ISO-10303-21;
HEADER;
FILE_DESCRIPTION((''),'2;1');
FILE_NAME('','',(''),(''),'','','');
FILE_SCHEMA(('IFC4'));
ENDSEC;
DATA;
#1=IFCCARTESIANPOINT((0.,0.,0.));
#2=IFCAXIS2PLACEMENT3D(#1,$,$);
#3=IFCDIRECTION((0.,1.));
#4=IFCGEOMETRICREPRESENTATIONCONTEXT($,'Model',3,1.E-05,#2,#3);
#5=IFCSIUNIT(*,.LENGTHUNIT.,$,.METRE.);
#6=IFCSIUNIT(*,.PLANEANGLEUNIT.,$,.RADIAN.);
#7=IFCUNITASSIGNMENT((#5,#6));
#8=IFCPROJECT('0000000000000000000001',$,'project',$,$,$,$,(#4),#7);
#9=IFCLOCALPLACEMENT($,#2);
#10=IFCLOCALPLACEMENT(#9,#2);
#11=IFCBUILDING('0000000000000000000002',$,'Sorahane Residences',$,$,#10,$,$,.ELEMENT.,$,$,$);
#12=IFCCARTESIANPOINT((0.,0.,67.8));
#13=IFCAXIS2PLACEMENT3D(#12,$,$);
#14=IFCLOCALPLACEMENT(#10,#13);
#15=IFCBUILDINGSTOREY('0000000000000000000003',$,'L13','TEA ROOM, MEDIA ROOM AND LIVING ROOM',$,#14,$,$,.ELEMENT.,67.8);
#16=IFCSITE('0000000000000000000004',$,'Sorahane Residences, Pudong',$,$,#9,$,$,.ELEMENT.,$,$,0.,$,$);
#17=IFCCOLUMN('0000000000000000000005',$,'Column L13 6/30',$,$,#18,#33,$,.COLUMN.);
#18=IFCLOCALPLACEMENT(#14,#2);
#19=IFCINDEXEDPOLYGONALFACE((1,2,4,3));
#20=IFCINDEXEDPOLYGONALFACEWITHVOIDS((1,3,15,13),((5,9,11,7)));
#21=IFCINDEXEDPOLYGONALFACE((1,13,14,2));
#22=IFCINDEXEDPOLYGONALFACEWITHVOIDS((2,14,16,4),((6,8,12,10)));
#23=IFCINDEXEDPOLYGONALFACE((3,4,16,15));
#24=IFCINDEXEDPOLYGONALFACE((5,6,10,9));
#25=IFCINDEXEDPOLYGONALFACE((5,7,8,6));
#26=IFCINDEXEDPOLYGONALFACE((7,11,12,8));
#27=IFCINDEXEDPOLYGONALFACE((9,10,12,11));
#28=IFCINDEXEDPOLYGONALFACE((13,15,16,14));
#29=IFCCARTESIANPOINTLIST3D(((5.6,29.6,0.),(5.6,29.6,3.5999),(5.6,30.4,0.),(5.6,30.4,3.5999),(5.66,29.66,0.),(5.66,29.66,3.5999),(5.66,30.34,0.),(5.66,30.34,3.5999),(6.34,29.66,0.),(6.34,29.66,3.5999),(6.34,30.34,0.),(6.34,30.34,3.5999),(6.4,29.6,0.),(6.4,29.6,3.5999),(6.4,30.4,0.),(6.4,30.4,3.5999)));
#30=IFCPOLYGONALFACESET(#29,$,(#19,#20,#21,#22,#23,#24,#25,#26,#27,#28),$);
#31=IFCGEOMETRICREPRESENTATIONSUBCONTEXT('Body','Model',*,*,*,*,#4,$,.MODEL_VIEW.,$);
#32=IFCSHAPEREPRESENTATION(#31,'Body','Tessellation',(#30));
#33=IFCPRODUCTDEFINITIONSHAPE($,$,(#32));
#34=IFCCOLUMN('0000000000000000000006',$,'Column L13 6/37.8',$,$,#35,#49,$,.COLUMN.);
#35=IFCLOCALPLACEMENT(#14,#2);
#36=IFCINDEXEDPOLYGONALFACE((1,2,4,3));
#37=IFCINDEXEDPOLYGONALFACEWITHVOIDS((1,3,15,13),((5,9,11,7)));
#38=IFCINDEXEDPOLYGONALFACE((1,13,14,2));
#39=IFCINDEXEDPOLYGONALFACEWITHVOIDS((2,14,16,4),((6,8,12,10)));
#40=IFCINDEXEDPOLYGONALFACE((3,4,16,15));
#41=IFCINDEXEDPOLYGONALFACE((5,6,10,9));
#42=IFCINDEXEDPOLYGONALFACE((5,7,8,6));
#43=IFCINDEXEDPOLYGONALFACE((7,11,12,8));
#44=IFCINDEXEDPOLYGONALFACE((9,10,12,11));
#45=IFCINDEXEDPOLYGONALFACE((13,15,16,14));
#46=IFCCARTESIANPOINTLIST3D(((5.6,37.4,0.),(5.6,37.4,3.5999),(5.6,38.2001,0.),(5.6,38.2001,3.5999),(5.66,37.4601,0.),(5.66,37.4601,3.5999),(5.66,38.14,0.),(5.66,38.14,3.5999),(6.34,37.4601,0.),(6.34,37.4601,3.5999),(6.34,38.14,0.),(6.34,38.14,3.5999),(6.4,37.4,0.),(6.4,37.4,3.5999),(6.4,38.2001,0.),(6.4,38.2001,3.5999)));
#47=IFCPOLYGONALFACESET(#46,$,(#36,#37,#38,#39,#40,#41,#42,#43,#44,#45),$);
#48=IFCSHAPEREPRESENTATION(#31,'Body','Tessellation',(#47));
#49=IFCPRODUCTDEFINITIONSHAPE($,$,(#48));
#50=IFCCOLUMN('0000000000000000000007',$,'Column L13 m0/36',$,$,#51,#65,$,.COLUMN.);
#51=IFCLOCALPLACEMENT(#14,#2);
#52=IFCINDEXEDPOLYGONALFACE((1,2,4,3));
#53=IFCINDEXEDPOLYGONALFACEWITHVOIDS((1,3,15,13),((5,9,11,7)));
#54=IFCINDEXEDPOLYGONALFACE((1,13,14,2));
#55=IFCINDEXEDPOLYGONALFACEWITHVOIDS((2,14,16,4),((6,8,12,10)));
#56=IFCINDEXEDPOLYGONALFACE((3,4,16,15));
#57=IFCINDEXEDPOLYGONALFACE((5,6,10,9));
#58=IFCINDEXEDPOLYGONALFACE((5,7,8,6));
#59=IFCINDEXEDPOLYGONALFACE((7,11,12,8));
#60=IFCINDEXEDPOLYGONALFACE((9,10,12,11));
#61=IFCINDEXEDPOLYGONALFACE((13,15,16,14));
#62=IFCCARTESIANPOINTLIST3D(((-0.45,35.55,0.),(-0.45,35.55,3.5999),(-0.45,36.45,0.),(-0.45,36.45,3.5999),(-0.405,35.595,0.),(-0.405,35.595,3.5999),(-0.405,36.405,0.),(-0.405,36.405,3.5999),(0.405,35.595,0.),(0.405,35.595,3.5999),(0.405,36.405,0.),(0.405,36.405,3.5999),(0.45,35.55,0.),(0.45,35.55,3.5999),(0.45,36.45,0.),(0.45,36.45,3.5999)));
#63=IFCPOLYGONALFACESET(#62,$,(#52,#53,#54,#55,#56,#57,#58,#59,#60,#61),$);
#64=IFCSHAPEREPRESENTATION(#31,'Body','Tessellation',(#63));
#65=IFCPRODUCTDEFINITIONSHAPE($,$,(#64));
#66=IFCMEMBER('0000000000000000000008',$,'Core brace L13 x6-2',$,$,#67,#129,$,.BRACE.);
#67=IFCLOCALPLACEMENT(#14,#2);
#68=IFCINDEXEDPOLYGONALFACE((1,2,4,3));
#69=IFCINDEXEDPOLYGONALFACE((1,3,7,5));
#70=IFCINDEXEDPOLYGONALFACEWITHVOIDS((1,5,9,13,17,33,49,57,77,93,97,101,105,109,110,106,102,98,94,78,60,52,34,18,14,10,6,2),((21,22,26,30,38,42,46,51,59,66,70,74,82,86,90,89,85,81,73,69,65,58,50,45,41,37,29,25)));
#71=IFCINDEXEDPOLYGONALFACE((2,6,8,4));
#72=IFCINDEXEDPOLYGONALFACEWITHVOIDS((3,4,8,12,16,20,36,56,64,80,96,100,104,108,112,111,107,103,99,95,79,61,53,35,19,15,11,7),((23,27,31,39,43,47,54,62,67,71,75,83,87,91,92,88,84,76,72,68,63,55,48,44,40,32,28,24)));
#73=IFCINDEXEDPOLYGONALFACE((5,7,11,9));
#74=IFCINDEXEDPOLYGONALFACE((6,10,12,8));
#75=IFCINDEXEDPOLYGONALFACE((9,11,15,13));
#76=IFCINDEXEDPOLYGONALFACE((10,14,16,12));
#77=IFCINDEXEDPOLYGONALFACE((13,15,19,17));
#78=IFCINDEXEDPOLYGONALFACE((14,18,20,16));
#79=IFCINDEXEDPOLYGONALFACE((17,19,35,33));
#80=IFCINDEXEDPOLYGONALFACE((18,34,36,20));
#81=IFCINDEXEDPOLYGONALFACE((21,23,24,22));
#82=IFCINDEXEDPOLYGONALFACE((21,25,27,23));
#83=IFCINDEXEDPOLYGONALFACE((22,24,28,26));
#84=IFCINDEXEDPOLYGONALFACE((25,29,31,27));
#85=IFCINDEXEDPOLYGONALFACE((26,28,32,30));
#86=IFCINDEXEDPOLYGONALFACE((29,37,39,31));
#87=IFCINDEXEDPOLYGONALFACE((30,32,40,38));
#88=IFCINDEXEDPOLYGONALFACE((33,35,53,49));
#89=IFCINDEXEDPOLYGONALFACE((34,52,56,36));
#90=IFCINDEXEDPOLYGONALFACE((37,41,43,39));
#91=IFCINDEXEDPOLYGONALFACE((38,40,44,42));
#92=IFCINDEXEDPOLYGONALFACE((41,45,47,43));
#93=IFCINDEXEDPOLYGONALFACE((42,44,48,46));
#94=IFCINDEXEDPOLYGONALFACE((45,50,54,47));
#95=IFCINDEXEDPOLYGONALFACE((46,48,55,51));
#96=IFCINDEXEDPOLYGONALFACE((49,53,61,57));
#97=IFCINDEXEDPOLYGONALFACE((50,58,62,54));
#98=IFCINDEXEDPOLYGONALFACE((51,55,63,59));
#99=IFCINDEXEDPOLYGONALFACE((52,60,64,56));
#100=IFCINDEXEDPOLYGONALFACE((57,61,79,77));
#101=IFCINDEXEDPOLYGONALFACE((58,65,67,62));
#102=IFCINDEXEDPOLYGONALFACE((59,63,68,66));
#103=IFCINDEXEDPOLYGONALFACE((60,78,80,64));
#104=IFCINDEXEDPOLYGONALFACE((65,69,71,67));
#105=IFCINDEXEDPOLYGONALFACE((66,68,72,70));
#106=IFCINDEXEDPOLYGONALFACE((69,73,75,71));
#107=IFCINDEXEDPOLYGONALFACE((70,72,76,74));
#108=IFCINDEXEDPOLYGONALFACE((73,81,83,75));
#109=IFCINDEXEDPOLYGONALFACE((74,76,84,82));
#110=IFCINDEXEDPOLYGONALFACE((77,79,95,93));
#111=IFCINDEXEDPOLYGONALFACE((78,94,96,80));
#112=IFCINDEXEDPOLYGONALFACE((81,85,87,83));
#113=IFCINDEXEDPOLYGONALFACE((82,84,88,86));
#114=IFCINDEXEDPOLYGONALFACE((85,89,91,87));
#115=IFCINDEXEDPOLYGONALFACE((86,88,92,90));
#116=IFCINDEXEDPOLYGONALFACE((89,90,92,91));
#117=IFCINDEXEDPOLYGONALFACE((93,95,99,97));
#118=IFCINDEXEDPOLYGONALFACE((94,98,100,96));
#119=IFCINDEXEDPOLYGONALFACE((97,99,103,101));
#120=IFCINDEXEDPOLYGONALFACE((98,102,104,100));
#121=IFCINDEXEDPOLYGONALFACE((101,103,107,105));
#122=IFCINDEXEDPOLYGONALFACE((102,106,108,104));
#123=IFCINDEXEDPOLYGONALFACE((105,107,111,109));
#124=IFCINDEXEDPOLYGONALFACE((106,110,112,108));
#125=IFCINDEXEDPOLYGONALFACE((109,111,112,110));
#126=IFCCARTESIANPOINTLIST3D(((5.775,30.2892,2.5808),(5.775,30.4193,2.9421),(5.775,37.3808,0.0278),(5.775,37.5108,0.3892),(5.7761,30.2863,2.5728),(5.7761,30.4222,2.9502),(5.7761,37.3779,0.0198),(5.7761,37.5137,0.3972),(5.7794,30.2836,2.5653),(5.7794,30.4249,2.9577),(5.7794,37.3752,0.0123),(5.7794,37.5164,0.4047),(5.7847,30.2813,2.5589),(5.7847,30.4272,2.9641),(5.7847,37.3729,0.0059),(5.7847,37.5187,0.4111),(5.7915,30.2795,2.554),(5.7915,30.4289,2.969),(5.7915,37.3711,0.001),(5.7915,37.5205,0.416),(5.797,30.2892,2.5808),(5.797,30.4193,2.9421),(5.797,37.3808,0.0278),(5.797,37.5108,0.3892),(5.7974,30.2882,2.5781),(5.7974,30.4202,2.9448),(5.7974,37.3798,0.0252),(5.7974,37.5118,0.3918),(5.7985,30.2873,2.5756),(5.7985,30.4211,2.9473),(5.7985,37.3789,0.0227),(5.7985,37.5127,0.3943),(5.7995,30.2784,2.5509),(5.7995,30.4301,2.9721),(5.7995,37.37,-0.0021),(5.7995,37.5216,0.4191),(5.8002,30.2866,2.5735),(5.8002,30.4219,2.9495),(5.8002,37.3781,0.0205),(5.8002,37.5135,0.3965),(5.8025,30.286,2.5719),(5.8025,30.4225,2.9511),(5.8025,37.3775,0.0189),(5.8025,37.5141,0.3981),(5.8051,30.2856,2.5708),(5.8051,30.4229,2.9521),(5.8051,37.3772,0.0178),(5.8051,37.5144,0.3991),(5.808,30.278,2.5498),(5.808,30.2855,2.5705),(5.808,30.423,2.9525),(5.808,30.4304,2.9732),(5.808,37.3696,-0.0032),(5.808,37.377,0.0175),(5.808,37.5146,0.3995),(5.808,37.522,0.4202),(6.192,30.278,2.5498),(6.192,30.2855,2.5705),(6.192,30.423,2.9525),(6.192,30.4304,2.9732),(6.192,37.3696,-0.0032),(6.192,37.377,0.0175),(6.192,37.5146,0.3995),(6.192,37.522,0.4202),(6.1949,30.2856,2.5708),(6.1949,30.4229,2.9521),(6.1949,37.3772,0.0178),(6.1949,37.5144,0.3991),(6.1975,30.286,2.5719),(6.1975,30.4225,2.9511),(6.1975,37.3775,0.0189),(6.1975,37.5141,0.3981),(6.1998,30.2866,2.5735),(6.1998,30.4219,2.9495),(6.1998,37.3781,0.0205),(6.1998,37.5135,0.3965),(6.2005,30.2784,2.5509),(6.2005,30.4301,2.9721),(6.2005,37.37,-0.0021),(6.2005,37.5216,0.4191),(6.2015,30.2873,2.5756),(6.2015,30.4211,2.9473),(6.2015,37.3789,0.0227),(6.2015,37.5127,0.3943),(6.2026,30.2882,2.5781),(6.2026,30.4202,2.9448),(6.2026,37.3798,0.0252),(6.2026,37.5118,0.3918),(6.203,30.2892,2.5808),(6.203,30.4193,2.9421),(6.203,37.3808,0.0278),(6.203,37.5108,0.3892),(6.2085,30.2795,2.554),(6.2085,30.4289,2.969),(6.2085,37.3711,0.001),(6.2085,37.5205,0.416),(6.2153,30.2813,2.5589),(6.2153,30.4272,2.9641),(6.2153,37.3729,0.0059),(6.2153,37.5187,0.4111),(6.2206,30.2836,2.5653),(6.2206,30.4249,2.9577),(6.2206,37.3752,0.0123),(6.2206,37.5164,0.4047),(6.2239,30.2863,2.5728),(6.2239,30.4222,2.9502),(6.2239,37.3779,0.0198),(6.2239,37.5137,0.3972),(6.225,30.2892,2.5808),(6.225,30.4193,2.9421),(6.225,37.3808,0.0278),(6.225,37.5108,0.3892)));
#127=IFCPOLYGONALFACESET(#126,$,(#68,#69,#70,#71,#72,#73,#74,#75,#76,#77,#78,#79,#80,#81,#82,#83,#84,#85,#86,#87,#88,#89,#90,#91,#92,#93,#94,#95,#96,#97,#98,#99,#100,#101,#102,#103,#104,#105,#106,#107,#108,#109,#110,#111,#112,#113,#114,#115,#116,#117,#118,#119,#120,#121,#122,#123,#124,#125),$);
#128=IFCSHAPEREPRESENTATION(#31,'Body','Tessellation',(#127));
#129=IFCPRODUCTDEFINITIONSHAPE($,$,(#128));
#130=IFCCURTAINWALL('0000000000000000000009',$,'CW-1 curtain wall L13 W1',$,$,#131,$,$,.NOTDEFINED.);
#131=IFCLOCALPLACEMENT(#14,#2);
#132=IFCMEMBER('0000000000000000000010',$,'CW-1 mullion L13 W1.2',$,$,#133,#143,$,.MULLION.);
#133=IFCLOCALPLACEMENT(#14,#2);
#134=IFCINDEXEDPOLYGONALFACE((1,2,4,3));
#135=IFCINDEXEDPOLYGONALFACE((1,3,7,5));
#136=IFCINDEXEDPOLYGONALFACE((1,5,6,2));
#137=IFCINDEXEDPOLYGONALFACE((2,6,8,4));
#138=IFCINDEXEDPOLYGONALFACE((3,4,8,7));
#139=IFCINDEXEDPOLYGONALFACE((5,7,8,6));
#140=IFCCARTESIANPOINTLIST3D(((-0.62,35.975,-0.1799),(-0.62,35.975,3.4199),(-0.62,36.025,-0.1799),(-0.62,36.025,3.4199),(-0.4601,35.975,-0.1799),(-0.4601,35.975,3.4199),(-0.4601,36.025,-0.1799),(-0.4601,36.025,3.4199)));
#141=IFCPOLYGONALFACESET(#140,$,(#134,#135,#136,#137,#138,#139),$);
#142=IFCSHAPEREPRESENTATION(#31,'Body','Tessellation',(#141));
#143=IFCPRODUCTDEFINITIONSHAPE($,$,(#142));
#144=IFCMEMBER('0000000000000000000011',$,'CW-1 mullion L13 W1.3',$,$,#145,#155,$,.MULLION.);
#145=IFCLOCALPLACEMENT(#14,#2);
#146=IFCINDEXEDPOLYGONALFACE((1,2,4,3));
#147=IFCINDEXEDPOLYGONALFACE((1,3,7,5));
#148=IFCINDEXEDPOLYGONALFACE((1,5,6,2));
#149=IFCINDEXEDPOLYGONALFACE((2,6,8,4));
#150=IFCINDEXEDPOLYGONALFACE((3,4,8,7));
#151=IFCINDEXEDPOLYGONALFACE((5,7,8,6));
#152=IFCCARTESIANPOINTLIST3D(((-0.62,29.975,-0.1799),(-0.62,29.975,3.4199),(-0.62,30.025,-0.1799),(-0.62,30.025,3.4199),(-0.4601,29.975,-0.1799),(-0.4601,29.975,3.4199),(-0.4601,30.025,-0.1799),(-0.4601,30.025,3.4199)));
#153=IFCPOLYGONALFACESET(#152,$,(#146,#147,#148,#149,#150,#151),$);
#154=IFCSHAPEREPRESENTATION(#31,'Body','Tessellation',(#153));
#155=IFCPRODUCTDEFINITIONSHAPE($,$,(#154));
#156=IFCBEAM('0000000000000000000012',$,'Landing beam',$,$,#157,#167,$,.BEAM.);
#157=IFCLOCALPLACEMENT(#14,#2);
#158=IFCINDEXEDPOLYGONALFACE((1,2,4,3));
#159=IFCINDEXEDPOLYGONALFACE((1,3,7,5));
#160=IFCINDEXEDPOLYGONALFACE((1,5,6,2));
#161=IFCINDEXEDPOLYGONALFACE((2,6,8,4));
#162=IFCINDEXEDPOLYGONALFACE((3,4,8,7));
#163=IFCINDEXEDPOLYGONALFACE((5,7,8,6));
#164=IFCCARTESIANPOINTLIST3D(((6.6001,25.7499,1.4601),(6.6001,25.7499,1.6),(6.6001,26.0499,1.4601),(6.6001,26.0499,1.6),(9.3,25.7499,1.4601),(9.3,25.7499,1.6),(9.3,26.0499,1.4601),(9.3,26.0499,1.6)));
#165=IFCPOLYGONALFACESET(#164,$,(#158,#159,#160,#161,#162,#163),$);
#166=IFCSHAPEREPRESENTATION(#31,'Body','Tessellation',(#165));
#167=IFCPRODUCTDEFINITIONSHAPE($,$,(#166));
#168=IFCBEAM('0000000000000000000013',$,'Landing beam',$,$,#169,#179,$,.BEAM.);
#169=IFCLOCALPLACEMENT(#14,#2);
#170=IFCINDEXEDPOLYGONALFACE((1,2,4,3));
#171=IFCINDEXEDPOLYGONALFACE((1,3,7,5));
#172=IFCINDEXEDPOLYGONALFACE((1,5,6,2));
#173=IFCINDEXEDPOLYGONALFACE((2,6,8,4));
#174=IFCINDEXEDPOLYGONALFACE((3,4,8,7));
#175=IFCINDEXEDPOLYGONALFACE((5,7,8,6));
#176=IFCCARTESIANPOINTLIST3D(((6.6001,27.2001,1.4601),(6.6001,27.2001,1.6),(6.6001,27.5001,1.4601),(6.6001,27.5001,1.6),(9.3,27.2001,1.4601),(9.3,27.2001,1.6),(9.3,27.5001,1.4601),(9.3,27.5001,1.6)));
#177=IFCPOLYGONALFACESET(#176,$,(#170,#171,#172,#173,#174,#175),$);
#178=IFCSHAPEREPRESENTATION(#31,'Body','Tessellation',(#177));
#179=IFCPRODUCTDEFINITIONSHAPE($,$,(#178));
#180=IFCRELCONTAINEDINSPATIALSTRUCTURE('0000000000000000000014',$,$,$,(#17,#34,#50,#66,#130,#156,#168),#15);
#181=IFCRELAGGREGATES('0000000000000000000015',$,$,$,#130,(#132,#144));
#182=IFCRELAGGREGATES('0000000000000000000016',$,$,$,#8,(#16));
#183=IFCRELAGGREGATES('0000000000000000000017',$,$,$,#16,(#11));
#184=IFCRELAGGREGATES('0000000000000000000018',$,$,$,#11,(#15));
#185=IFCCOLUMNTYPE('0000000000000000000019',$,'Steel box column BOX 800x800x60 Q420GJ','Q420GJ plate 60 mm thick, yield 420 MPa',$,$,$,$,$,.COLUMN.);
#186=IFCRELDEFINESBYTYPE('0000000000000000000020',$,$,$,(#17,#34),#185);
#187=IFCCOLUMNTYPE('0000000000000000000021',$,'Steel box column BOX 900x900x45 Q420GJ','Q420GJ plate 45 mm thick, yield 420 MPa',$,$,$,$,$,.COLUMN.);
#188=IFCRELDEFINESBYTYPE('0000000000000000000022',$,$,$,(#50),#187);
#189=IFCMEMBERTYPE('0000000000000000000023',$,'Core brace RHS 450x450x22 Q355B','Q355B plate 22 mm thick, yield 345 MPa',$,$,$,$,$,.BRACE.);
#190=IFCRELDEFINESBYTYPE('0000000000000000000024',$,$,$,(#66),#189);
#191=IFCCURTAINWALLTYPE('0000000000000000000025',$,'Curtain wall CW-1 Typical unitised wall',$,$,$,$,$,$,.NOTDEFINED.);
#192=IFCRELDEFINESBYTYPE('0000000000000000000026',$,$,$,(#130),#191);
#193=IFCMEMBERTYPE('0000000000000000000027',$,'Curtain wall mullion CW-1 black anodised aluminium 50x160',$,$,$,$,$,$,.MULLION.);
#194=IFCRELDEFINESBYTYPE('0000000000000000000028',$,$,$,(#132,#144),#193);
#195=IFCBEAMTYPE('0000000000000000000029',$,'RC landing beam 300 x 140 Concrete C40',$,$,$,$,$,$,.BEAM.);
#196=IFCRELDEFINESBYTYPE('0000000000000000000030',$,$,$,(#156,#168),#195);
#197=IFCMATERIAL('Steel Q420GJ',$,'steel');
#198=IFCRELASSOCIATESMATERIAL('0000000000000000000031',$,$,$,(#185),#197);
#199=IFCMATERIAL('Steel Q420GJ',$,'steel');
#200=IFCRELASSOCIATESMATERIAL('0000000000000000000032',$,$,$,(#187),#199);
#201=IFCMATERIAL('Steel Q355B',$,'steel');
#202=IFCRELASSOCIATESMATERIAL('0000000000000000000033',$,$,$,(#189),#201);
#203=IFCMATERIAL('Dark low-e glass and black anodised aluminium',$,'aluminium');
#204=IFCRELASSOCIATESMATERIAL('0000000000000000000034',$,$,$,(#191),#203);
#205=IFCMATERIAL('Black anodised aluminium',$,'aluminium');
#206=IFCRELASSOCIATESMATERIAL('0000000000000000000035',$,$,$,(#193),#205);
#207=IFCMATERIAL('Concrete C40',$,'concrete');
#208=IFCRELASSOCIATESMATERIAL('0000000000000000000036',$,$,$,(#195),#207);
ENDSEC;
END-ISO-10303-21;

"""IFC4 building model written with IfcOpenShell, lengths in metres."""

from ifc_helpers import new_model, si_unit, direction, frame, origin, origin_2d, place, context, subcontext, project, spatial, rectangle, hollow_rectangle, extrude, material, material_profile, profile_set, type_object, element, aggregate, save


model = new_model("IFC4")

# Units and contexts
model_context = context("Model", 3, precision=1e-05, world=origin(), true_north=direction((0.0, 1.0)))
body_context = subcontext(model_context, "Body", "Model", "MODEL_VIEW")
ifc_project = project(units=[si_unit("LENGTHUNIT", "METRE"), si_unit("PLANEANGLEUNIT", "RADIAN")], contexts=[model_context])

# Site, building, storey
site_placement = place(None, origin())
site = spatial("IfcSite", under=ifc_project, at=site_placement, Name="Sorahane Residences, Pudong", CompositionType="ELEMENT", RefElevation=0.0)
building_placement = place(site_placement, origin())
building = spatial("IfcBuilding", under=site, at=building_placement, Name="Sorahane Residences", CompositionType="ELEMENT")
storey_placement = place(building_placement, frame((0.0, 0.0, 67.8)))
storey = spatial("IfcBuildingStorey", under=building, at=storey_placement, Name="L13", Description="TEA ROOM, MEDIA ROOM AND LIVING ROOM", CompositionType="ELEMENT", Elevation=67.8)

# Columns
ifc_material_1 = material(Name="Steel Q420GJ", Category="steel")
ifc_material_profile_1 = material_profile(ifc_material_1, hollow_rectangle(XDim=0.8, YDim=0.8, WallThickness=0.0601, at=origin_2d()), Name="BOX 800x800x60")
ifc_profile_set_1 = profile_set([ifc_material_profile_1], Name="Steel Q420GJ")
column_type_1 = type_object("IfcColumnType", Name="Steel box column BOX 800x800x60 Q420GJ", Description="Q420GJ plate 60 mm thick, yield 420 MPa", PredefinedType="COLUMN", material=ifc_profile_set_1)
for number, where, z_axis, x_axis, name in (
    (1, (6.0, 30.0, 0.0), (0.0, 0.0, 1.0), (1.0, 0.0, 0.0), "Column L13 6/30"),
    (2, (6.0, 37.8, 0.0), (0.0, 0.0, 1.0), (1.0, 0.0, 0.0), "Column L13 6/37.8"),
):
    element("IfcColumn", number, at=place(storey_placement, frame(where, z_axis=z_axis, x_axis=x_axis)), inside=storey, type_object=column_type_1, Name=name, PredefinedType="COLUMN", context=body_context, shape_type="SweptSolid", body=[
        extrude(hollow_rectangle(XDim=0.8, YDim=0.8, WallThickness=0.0601, at=origin_2d()), origin(), (0.0, 0.0, 1.0), 3.5999),
    ])
ifc_material_2 = material(Name="Steel Q420GJ", Category="steel")
ifc_material_profile_2 = material_profile(ifc_material_2, hollow_rectangle(XDim=0.8999, YDim=0.8999, WallThickness=0.0449, at=origin_2d()), Name="BOX 900x900x45")
ifc_profile_set_2 = profile_set([ifc_material_profile_2], Name="Steel Q420GJ")
column_type_2 = type_object("IfcColumnType", Name="Steel box column BOX 900x900x45 Q420GJ", Description="Q420GJ plate 45 mm thick, yield 420 MPa", PredefinedType="COLUMN", material=ifc_profile_set_2)
column_placement = place(storey_placement, frame((0.0, 36.0, 0.0), z_axis=(0.0, 0.0, 1.0), x_axis=(1.0, 0.0, 0.0)))
element("IfcColumn", 3, at=column_placement, inside=storey, type_object=column_type_2, Name="Column L13 m0/36", PredefinedType="COLUMN", context=body_context, shape_type="SweptSolid", body=[
    extrude(hollow_rectangle(XDim=0.8999, YDim=0.8999, WallThickness=0.0449, at=origin_2d()), origin(), (0.0, 0.0, 1.0), 3.5999),
])

# Member
ifc_material_3 = material(Name="Steel Q355B", Category="steel")
ifc_material_profile_3 = material_profile(ifc_material_3, hollow_rectangle(XDim=0.45, YDim=0.45, WallThickness=0.022, InnerFilletRadius=0.011, OuterFilletRadius=0.033, at=origin_2d()), Name="RHS 450x450x22")
ifc_profile_set_3 = profile_set([ifc_material_profile_3], Name="Steel Q355B")
member_type_1 = type_object("IfcMemberType", Name="Core brace RHS 450x450x22 Q355B", Description="Q355B plate 22 mm thick, yield 345 MPa", PredefinedType="BRACE", material=ifc_profile_set_3)
member_1_placement = place(storey_placement, frame((6.0, 37.4458, 0.2085), z_axis=(0.0, -0.940887, 0.338722), x_axis=(1.0, 0.0, 0.0)))
element("IfcMember", 4, at=member_1_placement, inside=storey, type_object=member_type_1, Name="Core brace L13 x6-2", PredefinedType="BRACE", context=body_context, shape_type="SweptSolid", body=[
    extrude(hollow_rectangle(XDim=0.45, YDim=0.45, WallThickness=0.022, InnerFilletRadius=0.011, OuterFilletRadius=0.033, at=origin_2d()), origin(), (0.0, 0.0, 1.0), 7.5371),
])

# Curtain wall, members
ifc_material_4 = material(Name="Dark low-e glass and black anodised aluminium", Category="aluminium")
curtain_wall_type = type_object("IfcCurtainWallType", Name="Curtain wall CW-1 Typical unitised wall", PredefinedType="NOTDEFINED", material=ifc_material_4)
curtain_wall_placement = place(storey_placement, origin())
curtain_wall = element("IfcCurtainWall", 5, at=curtain_wall_placement, inside=storey, type_object=curtain_wall_type, Name="CW-1 curtain wall L13 W1", PredefinedType="NOTDEFINED")
ifc_material_5 = material(Name="Black anodised aluminium", Category="aluminium")
ifc_material_profile_4 = material_profile(ifc_material_5, rectangle(XDim=0.1599, YDim=0.05, at=origin_2d()), Name="Curtain wall mullion CW-1 black anodised aluminium 50x160")
ifc_profile_set_4 = profile_set([ifc_material_profile_4], Name="Black anodised aluminium")
member_type_2 = type_object("IfcMemberType", Name="Curtain wall mullion CW-1 black anodised aluminium 50x160", PredefinedType="MULLION", material=ifc_profile_set_4)
member_2_placement = place(storey_placement, frame((-0.54, 36.0, -0.1799), z_axis=(0.0, 0.0, 1.0), x_axis=(-1.0, 0.0, 0.0)))
member_2 = element("IfcMember", 6, at=member_2_placement, type_object=member_type_2, Name="CW-1 mullion L13 W1.2", PredefinedType="MULLION", context=body_context, shape_type="SweptSolid", body=[
    extrude(rectangle(XDim=0.1599, YDim=0.05, at=origin_2d()), origin(), (0.0, 0.0, 1.0), 3.5999),
])
member_3_placement = place(storey_placement, frame((-0.54, 30.0, -0.1799), z_axis=(0.0, 0.0, 1.0), x_axis=(-1.0, 0.0, 0.0)))
member_3 = element("IfcMember", 7, at=member_3_placement, type_object=member_type_2, Name="CW-1 mullion L13 W1.3", PredefinedType="MULLION", context=body_context, shape_type="SweptSolid", body=[
    extrude(rectangle(XDim=0.1599, YDim=0.05, at=origin_2d()), origin(), (0.0, 0.0, 1.0), 3.5999),
])

# Beams
ifc_material_6 = material(Name="Concrete C40", Category="concrete")
ifc_material_profile_5 = material_profile(ifc_material_6, rectangle(XDim=0.3, YDim=0.1399, at=origin_2d()), Name="300x140")
ifc_profile_set_5 = profile_set([ifc_material_profile_5], Name="Concrete C40")
beam_type_1 = type_object("IfcBeamType", Name="RC landing beam 300 x 140 Concrete C40", PredefinedType="BEAM", material=ifc_profile_set_5)
for number, where, z_axis, x_axis, name in (
    (8, (6.6001, 25.8999, 1.53), (1.0, 0.0, 0.0), (0.0, 1.0, 0.0), "Landing beam"),
    (9, (6.6001, 27.3501, 1.53), (1.0, 0.0, 0.0), (0.0, 1.0, 0.0), "Landing beam"),
):
    element("IfcBeam", number, at=place(storey_placement, frame(where, z_axis=z_axis, x_axis=x_axis)), inside=storey, type_object=beam_type_1, Name=name, PredefinedType="BEAM", context=body_context, shape_type="SweptSolid", body=[
        extrude(rectangle(XDim=0.3, YDim=0.1399, at=origin_2d()), origin(), (0.0, 0.0, 1.0), 2.7),
    ])

aggregate(curtain_wall, [member_2, member_3])

save(model, "model.ifc")
